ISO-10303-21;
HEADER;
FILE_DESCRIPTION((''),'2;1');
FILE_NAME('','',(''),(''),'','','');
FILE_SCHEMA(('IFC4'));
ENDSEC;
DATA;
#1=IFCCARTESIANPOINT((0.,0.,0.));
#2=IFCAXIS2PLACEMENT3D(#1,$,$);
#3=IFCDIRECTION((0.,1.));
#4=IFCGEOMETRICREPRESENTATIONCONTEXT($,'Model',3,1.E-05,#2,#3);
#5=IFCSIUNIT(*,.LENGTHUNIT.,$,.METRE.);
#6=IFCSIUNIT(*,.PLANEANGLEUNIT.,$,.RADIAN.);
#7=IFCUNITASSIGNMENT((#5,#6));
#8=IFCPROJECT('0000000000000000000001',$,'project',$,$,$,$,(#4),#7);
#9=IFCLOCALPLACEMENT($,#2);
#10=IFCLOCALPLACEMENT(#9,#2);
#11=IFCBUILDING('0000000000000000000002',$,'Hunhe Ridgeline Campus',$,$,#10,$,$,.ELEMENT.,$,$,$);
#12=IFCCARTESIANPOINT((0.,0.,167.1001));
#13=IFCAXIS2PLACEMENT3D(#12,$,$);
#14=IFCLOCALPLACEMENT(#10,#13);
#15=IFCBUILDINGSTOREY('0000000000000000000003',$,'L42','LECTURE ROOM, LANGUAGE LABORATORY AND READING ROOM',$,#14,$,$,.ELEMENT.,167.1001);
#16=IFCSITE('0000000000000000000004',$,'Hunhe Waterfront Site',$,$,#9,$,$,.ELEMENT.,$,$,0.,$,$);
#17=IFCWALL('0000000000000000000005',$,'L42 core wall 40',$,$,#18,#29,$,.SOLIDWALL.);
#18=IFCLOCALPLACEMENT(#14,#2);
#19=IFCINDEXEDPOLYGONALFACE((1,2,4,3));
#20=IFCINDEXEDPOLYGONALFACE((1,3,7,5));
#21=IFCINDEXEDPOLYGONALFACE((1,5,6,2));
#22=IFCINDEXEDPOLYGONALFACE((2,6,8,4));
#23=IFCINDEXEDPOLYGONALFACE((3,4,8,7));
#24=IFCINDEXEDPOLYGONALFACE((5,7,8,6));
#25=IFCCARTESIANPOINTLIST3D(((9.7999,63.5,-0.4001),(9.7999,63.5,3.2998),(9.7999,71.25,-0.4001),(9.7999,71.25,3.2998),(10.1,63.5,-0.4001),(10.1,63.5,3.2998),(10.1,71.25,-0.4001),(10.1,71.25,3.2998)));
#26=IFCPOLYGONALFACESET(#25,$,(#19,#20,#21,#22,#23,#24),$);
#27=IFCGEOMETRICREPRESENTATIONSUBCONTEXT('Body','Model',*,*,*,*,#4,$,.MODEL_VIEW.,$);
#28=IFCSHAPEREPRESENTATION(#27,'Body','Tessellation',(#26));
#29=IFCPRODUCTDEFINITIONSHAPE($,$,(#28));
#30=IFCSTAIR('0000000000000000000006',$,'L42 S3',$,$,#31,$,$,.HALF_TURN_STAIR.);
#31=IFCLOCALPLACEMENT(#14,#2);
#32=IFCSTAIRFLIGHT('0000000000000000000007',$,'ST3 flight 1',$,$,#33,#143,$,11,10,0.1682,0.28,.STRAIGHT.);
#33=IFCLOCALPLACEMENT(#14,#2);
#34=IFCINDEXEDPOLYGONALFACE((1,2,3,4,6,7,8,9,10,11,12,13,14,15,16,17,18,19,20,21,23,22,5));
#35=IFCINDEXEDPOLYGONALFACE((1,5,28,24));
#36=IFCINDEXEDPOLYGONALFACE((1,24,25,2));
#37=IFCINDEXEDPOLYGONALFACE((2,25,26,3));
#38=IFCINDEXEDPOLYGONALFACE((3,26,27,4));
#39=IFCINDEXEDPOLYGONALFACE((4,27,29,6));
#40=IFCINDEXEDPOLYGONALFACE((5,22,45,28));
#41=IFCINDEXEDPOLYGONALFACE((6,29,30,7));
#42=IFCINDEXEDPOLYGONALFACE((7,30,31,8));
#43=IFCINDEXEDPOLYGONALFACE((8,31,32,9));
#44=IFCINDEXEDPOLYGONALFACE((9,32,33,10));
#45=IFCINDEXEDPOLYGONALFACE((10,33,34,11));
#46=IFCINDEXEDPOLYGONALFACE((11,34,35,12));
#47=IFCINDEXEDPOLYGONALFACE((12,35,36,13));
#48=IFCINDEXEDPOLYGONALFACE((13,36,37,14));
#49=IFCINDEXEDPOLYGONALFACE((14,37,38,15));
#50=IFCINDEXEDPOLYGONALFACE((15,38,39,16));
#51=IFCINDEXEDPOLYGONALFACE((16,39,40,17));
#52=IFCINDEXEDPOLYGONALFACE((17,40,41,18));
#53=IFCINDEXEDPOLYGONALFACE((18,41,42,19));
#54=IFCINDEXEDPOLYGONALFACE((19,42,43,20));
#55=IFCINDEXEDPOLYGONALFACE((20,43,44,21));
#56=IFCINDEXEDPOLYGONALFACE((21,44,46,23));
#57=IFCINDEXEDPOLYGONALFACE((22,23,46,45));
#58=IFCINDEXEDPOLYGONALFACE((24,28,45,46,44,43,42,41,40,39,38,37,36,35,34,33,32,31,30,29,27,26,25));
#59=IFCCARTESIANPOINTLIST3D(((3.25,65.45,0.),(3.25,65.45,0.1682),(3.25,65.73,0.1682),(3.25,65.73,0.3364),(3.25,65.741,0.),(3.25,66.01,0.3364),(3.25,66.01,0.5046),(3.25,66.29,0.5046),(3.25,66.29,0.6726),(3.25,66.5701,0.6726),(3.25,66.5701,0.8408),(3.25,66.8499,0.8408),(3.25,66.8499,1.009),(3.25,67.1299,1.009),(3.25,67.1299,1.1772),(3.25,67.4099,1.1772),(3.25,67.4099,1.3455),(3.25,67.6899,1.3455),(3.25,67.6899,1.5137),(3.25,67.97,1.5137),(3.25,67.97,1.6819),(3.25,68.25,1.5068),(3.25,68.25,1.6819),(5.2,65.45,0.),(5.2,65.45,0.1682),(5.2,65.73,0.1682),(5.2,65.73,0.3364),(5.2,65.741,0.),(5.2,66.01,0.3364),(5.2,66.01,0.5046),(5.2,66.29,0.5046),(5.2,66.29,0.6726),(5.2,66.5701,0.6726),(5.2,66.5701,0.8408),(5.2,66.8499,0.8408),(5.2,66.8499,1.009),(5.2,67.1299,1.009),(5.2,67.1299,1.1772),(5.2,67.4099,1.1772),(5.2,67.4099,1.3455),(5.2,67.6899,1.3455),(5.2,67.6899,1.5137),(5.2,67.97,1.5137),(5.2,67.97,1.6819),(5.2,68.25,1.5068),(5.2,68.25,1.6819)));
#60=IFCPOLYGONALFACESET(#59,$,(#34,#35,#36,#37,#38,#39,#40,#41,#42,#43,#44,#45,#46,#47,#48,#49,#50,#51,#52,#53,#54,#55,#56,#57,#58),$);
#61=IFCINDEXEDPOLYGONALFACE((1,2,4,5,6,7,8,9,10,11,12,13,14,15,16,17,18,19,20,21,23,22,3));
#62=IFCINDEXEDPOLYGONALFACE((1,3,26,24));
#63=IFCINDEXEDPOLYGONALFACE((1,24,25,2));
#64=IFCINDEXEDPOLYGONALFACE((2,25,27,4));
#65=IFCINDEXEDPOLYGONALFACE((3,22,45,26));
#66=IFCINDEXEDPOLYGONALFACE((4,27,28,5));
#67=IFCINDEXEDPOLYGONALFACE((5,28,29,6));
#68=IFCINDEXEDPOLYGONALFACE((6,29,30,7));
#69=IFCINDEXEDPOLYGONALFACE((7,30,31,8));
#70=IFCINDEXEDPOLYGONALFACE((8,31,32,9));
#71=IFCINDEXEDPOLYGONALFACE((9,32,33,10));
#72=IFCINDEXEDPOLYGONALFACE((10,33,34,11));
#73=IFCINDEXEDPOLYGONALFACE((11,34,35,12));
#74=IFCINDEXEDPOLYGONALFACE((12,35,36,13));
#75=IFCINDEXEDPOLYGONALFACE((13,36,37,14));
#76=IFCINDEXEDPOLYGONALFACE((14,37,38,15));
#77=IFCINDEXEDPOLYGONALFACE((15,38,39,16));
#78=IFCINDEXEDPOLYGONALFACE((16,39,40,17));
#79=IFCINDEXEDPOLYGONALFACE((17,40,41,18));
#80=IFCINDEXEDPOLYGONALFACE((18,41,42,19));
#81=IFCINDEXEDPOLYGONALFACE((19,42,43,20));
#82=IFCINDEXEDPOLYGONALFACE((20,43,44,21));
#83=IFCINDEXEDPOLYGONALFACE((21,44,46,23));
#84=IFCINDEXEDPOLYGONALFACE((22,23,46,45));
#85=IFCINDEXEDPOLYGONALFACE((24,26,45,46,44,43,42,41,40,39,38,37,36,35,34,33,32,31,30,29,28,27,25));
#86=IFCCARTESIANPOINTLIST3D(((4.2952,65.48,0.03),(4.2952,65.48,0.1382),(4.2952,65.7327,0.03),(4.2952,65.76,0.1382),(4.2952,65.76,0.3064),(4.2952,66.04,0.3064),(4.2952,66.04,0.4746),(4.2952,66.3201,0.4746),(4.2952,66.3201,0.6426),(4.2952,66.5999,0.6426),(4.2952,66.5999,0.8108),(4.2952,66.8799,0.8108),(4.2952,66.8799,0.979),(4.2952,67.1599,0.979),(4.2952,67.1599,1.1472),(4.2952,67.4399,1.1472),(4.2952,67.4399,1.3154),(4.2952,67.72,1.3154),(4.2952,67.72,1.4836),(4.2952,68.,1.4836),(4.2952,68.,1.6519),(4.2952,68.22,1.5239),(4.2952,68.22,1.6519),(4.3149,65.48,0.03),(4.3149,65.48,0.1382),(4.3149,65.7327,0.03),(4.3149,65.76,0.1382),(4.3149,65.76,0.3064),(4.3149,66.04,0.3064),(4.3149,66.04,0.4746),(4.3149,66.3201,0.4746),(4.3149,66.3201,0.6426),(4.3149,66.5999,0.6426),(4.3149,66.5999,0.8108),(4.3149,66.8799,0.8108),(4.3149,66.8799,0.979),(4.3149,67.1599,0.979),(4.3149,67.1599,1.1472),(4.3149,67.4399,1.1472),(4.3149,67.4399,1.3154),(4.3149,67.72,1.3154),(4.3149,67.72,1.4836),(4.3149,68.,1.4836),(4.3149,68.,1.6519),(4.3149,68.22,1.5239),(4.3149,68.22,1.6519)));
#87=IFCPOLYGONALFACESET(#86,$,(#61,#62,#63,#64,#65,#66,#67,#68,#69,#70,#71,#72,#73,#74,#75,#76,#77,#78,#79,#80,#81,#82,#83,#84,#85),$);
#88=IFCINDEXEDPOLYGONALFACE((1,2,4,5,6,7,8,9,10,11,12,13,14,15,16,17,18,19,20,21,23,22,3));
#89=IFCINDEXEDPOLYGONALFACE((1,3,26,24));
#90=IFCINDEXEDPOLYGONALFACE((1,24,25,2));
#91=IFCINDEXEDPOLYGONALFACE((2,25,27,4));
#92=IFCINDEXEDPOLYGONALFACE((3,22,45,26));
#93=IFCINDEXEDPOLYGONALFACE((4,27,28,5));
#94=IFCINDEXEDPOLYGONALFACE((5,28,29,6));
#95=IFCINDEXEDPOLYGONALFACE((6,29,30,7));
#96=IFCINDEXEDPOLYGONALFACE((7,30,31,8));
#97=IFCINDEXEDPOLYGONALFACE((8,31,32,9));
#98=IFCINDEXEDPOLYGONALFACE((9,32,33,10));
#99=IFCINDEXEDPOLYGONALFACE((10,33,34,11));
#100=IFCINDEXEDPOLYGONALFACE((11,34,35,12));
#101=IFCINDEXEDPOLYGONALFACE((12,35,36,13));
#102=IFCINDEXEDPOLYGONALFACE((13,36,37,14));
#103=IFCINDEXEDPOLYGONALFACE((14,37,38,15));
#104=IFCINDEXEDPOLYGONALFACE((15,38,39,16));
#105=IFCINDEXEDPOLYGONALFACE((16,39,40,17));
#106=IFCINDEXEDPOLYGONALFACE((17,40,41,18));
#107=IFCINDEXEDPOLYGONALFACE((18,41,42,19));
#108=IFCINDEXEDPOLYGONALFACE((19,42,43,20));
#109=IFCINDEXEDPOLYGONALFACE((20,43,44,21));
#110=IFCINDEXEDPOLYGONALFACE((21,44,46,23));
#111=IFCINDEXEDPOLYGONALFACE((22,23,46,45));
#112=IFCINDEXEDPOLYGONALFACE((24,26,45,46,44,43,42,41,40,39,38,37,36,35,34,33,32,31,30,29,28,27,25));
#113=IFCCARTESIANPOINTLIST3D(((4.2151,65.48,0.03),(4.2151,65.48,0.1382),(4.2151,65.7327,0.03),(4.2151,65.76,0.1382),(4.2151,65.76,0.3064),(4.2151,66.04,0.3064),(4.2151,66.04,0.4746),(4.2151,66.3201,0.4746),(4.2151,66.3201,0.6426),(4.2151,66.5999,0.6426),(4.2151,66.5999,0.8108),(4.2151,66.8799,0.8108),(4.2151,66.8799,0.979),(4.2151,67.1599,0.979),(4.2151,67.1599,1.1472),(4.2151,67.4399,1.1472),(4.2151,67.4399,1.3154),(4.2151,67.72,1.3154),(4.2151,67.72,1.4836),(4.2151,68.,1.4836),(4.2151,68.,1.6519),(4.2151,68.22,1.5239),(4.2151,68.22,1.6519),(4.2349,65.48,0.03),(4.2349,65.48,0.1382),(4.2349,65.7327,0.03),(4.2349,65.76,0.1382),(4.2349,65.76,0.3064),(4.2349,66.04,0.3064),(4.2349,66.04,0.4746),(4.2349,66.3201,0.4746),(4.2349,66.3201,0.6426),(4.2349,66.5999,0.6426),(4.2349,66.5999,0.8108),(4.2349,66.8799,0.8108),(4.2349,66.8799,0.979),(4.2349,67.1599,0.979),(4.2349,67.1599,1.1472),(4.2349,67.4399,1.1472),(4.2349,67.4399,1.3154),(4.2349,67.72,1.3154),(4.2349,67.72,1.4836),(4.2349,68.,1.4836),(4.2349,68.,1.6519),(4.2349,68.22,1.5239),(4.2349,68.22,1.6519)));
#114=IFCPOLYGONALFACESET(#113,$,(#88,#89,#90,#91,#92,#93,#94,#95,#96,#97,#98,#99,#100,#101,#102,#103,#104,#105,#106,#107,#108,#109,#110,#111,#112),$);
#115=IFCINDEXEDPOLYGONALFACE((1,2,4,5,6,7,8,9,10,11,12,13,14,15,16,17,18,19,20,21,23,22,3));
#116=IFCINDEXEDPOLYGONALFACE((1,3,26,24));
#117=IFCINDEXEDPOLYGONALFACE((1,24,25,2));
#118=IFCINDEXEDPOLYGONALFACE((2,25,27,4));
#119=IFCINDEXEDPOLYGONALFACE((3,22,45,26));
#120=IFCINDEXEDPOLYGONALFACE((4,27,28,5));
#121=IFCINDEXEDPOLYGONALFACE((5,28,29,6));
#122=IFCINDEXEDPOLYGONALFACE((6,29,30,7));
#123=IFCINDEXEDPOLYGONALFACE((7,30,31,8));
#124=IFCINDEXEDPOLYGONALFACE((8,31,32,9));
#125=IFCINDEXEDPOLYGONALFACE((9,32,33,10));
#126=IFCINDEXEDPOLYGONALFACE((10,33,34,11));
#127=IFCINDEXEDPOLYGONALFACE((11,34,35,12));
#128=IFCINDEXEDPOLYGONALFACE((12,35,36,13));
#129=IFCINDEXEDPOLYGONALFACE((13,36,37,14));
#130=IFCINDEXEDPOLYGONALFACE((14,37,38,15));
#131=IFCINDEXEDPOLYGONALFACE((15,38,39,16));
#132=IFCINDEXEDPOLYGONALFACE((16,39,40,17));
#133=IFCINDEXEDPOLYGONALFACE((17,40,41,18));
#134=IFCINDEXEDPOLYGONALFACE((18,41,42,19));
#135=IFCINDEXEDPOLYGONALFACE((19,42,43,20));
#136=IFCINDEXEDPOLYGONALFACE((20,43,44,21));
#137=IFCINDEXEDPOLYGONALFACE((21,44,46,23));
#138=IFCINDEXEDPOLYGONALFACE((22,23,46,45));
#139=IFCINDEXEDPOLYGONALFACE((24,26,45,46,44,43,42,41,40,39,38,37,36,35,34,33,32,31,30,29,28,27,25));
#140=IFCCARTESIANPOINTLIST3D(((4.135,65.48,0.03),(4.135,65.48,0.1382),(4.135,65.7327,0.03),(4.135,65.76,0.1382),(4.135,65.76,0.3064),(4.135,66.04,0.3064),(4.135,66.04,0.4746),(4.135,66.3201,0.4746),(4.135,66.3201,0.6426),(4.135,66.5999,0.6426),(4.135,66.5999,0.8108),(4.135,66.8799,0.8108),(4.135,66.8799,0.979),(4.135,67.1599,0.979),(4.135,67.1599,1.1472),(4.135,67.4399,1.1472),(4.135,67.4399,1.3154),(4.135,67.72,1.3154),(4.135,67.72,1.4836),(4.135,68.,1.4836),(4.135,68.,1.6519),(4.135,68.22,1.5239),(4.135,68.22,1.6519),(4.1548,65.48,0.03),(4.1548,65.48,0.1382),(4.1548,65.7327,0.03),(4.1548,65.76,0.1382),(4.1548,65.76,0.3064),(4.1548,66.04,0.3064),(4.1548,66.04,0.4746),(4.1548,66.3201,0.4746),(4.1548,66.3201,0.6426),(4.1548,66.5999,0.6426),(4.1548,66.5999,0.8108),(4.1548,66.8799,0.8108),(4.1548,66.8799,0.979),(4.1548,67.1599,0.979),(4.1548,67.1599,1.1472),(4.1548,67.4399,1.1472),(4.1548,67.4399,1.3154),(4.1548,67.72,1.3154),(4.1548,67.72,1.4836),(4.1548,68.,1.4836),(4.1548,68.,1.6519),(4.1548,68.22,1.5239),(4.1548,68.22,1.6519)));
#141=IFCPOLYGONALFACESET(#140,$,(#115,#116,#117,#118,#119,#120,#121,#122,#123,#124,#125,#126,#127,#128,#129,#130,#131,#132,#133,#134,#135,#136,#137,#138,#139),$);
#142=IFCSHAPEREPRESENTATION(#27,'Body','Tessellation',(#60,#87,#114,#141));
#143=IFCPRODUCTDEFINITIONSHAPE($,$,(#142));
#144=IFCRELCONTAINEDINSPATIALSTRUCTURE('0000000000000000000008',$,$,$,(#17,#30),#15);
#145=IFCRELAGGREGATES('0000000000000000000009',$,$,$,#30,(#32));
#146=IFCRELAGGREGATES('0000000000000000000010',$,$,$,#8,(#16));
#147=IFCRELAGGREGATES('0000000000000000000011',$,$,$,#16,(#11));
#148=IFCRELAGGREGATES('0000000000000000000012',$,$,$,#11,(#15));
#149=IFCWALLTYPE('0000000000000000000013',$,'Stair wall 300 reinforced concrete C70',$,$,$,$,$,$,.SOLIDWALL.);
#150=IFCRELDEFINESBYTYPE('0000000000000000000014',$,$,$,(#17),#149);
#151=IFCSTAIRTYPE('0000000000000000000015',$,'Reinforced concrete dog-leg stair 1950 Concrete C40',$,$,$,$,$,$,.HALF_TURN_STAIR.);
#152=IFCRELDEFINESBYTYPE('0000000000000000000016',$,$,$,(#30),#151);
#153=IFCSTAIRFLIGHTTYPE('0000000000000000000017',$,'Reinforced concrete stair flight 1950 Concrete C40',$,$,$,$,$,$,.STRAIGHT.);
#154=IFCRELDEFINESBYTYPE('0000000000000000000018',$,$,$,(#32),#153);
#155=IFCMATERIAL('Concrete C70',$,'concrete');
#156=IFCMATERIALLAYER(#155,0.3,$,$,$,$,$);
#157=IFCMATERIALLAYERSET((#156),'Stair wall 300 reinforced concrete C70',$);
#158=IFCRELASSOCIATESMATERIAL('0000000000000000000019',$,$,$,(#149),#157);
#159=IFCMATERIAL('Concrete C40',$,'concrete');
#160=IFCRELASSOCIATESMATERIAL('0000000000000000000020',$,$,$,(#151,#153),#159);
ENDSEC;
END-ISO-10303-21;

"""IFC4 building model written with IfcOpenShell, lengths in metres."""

from ifc_helpers import new_model, si_unit, direction, frame, frame_2d, origin, place, context, subcontext, project, spatial, polyline, rectangle, outline, extrude, material, layer, layer_set, type_object, element, aggregate, save


model = new_model("IFC4")

# Units and contexts
model_context = context("Model", 3, precision=1e-05, world=origin(), true_north=direction((0.0, 1.0)))
body_context = subcontext(model_context, "Body", "Model", "MODEL_VIEW")
ifc_project = project(units=[si_unit("LENGTHUNIT", "METRE"), si_unit("PLANEANGLEUNIT", "RADIAN")], contexts=[model_context])

# Site, building, storey
site_placement = place(None, origin())
site = spatial("IfcSite", under=ifc_project, at=site_placement, Name="Hunhe Waterfront Site", CompositionType="ELEMENT", RefElevation=0.0)
building_placement = place(site_placement, origin())
building = spatial("IfcBuilding", under=site, at=building_placement, Name="Hunhe Ridgeline Campus", CompositionType="ELEMENT")
storey_placement = place(building_placement, frame((0.0, 0.0, 167.1001)))
storey = spatial("IfcBuildingStorey", under=building, at=storey_placement, Name="L42", Description="LECTURE ROOM, LANGUAGE LABORATORY AND READING ROOM", CompositionType="ELEMENT", Elevation=167.1001)

# Shared definitions
ifc_material_1 = material(Name="Concrete C70", Category="concrete")

# Shared definitions
ifc_layer_1 = layer(ifc_material_1, 0.3)
ifc_layer_set_1 = layer_set([ifc_layer_1], Name="Stair wall 300 reinforced concrete C70")
wall_type_1 = type_object("IfcWallType", Name="Stair wall 300 reinforced concrete C70", PredefinedType="SOLIDWALL", material=ifc_layer_set_1)

# Wall
wall_1_placement = place(storey_placement, frame((9.95, 63.5, -0.4001), z_axis=(0.0, 0.0, 1.0), x_axis=(0.0, 1.0, 0.0)))
element("IfcWall", 1, at=wall_1_placement, inside=storey, type_object=wall_type_1, Name="L42 core wall 40", PredefinedType="SOLIDWALL", context=body_context, shape_type="SweptSolid", body=[
    extrude(rectangle(XDim=7.75, YDim=0.3, at=frame_2d((3.875, 0.0))), origin(), (0.0, 0.0, 1.0), 3.7),
])

# Stair, stair flight
ifc_material_2 = material(Name="Concrete C40", Category="concrete")
stair_type = type_object("IfcStairType", Name="Reinforced concrete dog-leg stair 1950 Concrete C40", PredefinedType="HALF_TURN_STAIR", material=ifc_material_2)
stair_1_placement = place(storey_placement, origin())
stair_1 = element("IfcStair", 2, at=stair_1_placement, inside=storey, type_object=stair_type, Name="L42 S3", PredefinedType="HALF_TURN_STAIR")
stair_flight_type = type_object("IfcStairFlightType", Name="Reinforced concrete stair flight 1950 Concrete C40", PredefinedType="STRAIGHT", material=ifc_material_2)
stair_flight_1_placement = place(storey_placement, frame((4.2251, 65.45, 0.0), z_axis=(0.0, 0.0, 1.0), x_axis=(0.0, 1.0, 0.0)))
stair_flight_1 = element("IfcStairFlight", 3, at=stair_flight_1_placement, type_object=stair_flight_type, Name="ST3 flight 1", NumberOfRisers=11, NumberOfTreads=10, PredefinedType="STRAIGHT", RiserHeight=0.1682, TreadLength=0.28, context=body_context, shape_type="SweptSolid", body=[
    extrude(outline(polyline([(0.0, 0.0), (0.0, 0.1682), (0.28, 0.1682), (0.28, 0.3364), (0.5601, 0.3364), (0.5601, 0.5046), (0.8401, 0.5046), (0.8401, 0.6726), (1.1201, 0.6726), (1.1201, 0.8408), (1.3999, 0.8408), (1.3999, 1.009), (1.6799, 1.009), (1.6799, 1.1772), (1.96, 1.1772), (1.96, 1.3455), (2.24, 1.3455), (2.24, 1.5137), (2.52, 1.5137), (2.52, 1.6819), (2.8, 1.6819), (2.8, 1.8501), (2.8, 1.5068), (0.291, 0.0), (0.0, 0.0)])), frame((0.0, 0.9751, 0.0), z_axis=(0.0, -1.0, 0.0), x_axis=(1.0, 0.0, 0.0)), (0.0, 0.0, 1.0), 1.95),
    extrude(outline(polyline([(0.03, 0.03), (0.03, 0.1382), (0.3101, 0.1382), (0.3101, 0.3064), (0.5901, 0.3064), (0.5901, 0.4746), (0.8701, 0.4746), (0.8701, 0.6426), (1.1499, 0.6426), (1.1499, 0.8108), (1.4299, 0.8108), (1.4299, 0.979), (1.71, 0.979), (1.71, 1.1472), (1.99, 1.1472), (1.99, 1.3154), (2.27, 1.3154), (2.27, 1.4836), (2.55, 1.4836), (2.55, 1.6519), (2.77, 1.6519), (2.77, 1.5239), (0.2827, 0.03), (0.03, 0.03)])), frame((0.0, -0.0701, 0.0), z_axis=(0.0, -1.0, 0.0), x_axis=(1.0, 0.0, 0.0)), (0.0, 0.0, 1.0), 0.0198),
    extrude(outline(polyline([(0.03, 0.03), (0.03, 0.1382), (0.3101, 0.1382), (0.3101, 0.3064), (0.5901, 0.3064), (0.5901, 0.4746), (0.8701, 0.4746), (0.8701, 0.6426), (1.1499, 0.6426), (1.1499, 0.8108), (1.4299, 0.8108), (1.4299, 0.979), (1.71, 0.979), (1.71, 1.1472), (1.99, 1.1472), (1.99, 1.3154), (2.27, 1.3154), (2.27, 1.4836), (2.55, 1.4836), (2.55, 1.6519), (2.77, 1.6519), (2.77, 1.5239), (0.2827, 0.03), (0.03, 0.03)])), frame((0.0, 0.01, 0.0), z_axis=(0.0, -1.0, 0.0), x_axis=(1.0, 0.0, 0.0)), (0.0, 0.0, 1.0), 0.0198),
    extrude(outline(polyline([(0.03, 0.03), (0.03, 0.1382), (0.3101, 0.1382), (0.3101, 0.3064), (0.5901, 0.3064), (0.5901, 0.4746), (0.8701, 0.4746), (0.8701, 0.6426), (1.1499, 0.6426), (1.1499, 0.8108), (1.4299, 0.8108), (1.4299, 0.979), (1.71, 0.979), (1.71, 1.1472), (1.99, 1.1472), (1.99, 1.3154), (2.27, 1.3154), (2.27, 1.4836), (2.55, 1.4836), (2.55, 1.6519), (2.77, 1.6519), (2.77, 1.5239), (0.2827, 0.03), (0.03, 0.03)])), frame((0.0, 0.0901, 0.0), z_axis=(0.0, -1.0, 0.0), x_axis=(1.0, 0.0, 0.0)), (0.0, 0.0, 1.0), 0.0198),
])
aggregate(stair_1, [stair_flight_1])

save(model, "model.ifc")
